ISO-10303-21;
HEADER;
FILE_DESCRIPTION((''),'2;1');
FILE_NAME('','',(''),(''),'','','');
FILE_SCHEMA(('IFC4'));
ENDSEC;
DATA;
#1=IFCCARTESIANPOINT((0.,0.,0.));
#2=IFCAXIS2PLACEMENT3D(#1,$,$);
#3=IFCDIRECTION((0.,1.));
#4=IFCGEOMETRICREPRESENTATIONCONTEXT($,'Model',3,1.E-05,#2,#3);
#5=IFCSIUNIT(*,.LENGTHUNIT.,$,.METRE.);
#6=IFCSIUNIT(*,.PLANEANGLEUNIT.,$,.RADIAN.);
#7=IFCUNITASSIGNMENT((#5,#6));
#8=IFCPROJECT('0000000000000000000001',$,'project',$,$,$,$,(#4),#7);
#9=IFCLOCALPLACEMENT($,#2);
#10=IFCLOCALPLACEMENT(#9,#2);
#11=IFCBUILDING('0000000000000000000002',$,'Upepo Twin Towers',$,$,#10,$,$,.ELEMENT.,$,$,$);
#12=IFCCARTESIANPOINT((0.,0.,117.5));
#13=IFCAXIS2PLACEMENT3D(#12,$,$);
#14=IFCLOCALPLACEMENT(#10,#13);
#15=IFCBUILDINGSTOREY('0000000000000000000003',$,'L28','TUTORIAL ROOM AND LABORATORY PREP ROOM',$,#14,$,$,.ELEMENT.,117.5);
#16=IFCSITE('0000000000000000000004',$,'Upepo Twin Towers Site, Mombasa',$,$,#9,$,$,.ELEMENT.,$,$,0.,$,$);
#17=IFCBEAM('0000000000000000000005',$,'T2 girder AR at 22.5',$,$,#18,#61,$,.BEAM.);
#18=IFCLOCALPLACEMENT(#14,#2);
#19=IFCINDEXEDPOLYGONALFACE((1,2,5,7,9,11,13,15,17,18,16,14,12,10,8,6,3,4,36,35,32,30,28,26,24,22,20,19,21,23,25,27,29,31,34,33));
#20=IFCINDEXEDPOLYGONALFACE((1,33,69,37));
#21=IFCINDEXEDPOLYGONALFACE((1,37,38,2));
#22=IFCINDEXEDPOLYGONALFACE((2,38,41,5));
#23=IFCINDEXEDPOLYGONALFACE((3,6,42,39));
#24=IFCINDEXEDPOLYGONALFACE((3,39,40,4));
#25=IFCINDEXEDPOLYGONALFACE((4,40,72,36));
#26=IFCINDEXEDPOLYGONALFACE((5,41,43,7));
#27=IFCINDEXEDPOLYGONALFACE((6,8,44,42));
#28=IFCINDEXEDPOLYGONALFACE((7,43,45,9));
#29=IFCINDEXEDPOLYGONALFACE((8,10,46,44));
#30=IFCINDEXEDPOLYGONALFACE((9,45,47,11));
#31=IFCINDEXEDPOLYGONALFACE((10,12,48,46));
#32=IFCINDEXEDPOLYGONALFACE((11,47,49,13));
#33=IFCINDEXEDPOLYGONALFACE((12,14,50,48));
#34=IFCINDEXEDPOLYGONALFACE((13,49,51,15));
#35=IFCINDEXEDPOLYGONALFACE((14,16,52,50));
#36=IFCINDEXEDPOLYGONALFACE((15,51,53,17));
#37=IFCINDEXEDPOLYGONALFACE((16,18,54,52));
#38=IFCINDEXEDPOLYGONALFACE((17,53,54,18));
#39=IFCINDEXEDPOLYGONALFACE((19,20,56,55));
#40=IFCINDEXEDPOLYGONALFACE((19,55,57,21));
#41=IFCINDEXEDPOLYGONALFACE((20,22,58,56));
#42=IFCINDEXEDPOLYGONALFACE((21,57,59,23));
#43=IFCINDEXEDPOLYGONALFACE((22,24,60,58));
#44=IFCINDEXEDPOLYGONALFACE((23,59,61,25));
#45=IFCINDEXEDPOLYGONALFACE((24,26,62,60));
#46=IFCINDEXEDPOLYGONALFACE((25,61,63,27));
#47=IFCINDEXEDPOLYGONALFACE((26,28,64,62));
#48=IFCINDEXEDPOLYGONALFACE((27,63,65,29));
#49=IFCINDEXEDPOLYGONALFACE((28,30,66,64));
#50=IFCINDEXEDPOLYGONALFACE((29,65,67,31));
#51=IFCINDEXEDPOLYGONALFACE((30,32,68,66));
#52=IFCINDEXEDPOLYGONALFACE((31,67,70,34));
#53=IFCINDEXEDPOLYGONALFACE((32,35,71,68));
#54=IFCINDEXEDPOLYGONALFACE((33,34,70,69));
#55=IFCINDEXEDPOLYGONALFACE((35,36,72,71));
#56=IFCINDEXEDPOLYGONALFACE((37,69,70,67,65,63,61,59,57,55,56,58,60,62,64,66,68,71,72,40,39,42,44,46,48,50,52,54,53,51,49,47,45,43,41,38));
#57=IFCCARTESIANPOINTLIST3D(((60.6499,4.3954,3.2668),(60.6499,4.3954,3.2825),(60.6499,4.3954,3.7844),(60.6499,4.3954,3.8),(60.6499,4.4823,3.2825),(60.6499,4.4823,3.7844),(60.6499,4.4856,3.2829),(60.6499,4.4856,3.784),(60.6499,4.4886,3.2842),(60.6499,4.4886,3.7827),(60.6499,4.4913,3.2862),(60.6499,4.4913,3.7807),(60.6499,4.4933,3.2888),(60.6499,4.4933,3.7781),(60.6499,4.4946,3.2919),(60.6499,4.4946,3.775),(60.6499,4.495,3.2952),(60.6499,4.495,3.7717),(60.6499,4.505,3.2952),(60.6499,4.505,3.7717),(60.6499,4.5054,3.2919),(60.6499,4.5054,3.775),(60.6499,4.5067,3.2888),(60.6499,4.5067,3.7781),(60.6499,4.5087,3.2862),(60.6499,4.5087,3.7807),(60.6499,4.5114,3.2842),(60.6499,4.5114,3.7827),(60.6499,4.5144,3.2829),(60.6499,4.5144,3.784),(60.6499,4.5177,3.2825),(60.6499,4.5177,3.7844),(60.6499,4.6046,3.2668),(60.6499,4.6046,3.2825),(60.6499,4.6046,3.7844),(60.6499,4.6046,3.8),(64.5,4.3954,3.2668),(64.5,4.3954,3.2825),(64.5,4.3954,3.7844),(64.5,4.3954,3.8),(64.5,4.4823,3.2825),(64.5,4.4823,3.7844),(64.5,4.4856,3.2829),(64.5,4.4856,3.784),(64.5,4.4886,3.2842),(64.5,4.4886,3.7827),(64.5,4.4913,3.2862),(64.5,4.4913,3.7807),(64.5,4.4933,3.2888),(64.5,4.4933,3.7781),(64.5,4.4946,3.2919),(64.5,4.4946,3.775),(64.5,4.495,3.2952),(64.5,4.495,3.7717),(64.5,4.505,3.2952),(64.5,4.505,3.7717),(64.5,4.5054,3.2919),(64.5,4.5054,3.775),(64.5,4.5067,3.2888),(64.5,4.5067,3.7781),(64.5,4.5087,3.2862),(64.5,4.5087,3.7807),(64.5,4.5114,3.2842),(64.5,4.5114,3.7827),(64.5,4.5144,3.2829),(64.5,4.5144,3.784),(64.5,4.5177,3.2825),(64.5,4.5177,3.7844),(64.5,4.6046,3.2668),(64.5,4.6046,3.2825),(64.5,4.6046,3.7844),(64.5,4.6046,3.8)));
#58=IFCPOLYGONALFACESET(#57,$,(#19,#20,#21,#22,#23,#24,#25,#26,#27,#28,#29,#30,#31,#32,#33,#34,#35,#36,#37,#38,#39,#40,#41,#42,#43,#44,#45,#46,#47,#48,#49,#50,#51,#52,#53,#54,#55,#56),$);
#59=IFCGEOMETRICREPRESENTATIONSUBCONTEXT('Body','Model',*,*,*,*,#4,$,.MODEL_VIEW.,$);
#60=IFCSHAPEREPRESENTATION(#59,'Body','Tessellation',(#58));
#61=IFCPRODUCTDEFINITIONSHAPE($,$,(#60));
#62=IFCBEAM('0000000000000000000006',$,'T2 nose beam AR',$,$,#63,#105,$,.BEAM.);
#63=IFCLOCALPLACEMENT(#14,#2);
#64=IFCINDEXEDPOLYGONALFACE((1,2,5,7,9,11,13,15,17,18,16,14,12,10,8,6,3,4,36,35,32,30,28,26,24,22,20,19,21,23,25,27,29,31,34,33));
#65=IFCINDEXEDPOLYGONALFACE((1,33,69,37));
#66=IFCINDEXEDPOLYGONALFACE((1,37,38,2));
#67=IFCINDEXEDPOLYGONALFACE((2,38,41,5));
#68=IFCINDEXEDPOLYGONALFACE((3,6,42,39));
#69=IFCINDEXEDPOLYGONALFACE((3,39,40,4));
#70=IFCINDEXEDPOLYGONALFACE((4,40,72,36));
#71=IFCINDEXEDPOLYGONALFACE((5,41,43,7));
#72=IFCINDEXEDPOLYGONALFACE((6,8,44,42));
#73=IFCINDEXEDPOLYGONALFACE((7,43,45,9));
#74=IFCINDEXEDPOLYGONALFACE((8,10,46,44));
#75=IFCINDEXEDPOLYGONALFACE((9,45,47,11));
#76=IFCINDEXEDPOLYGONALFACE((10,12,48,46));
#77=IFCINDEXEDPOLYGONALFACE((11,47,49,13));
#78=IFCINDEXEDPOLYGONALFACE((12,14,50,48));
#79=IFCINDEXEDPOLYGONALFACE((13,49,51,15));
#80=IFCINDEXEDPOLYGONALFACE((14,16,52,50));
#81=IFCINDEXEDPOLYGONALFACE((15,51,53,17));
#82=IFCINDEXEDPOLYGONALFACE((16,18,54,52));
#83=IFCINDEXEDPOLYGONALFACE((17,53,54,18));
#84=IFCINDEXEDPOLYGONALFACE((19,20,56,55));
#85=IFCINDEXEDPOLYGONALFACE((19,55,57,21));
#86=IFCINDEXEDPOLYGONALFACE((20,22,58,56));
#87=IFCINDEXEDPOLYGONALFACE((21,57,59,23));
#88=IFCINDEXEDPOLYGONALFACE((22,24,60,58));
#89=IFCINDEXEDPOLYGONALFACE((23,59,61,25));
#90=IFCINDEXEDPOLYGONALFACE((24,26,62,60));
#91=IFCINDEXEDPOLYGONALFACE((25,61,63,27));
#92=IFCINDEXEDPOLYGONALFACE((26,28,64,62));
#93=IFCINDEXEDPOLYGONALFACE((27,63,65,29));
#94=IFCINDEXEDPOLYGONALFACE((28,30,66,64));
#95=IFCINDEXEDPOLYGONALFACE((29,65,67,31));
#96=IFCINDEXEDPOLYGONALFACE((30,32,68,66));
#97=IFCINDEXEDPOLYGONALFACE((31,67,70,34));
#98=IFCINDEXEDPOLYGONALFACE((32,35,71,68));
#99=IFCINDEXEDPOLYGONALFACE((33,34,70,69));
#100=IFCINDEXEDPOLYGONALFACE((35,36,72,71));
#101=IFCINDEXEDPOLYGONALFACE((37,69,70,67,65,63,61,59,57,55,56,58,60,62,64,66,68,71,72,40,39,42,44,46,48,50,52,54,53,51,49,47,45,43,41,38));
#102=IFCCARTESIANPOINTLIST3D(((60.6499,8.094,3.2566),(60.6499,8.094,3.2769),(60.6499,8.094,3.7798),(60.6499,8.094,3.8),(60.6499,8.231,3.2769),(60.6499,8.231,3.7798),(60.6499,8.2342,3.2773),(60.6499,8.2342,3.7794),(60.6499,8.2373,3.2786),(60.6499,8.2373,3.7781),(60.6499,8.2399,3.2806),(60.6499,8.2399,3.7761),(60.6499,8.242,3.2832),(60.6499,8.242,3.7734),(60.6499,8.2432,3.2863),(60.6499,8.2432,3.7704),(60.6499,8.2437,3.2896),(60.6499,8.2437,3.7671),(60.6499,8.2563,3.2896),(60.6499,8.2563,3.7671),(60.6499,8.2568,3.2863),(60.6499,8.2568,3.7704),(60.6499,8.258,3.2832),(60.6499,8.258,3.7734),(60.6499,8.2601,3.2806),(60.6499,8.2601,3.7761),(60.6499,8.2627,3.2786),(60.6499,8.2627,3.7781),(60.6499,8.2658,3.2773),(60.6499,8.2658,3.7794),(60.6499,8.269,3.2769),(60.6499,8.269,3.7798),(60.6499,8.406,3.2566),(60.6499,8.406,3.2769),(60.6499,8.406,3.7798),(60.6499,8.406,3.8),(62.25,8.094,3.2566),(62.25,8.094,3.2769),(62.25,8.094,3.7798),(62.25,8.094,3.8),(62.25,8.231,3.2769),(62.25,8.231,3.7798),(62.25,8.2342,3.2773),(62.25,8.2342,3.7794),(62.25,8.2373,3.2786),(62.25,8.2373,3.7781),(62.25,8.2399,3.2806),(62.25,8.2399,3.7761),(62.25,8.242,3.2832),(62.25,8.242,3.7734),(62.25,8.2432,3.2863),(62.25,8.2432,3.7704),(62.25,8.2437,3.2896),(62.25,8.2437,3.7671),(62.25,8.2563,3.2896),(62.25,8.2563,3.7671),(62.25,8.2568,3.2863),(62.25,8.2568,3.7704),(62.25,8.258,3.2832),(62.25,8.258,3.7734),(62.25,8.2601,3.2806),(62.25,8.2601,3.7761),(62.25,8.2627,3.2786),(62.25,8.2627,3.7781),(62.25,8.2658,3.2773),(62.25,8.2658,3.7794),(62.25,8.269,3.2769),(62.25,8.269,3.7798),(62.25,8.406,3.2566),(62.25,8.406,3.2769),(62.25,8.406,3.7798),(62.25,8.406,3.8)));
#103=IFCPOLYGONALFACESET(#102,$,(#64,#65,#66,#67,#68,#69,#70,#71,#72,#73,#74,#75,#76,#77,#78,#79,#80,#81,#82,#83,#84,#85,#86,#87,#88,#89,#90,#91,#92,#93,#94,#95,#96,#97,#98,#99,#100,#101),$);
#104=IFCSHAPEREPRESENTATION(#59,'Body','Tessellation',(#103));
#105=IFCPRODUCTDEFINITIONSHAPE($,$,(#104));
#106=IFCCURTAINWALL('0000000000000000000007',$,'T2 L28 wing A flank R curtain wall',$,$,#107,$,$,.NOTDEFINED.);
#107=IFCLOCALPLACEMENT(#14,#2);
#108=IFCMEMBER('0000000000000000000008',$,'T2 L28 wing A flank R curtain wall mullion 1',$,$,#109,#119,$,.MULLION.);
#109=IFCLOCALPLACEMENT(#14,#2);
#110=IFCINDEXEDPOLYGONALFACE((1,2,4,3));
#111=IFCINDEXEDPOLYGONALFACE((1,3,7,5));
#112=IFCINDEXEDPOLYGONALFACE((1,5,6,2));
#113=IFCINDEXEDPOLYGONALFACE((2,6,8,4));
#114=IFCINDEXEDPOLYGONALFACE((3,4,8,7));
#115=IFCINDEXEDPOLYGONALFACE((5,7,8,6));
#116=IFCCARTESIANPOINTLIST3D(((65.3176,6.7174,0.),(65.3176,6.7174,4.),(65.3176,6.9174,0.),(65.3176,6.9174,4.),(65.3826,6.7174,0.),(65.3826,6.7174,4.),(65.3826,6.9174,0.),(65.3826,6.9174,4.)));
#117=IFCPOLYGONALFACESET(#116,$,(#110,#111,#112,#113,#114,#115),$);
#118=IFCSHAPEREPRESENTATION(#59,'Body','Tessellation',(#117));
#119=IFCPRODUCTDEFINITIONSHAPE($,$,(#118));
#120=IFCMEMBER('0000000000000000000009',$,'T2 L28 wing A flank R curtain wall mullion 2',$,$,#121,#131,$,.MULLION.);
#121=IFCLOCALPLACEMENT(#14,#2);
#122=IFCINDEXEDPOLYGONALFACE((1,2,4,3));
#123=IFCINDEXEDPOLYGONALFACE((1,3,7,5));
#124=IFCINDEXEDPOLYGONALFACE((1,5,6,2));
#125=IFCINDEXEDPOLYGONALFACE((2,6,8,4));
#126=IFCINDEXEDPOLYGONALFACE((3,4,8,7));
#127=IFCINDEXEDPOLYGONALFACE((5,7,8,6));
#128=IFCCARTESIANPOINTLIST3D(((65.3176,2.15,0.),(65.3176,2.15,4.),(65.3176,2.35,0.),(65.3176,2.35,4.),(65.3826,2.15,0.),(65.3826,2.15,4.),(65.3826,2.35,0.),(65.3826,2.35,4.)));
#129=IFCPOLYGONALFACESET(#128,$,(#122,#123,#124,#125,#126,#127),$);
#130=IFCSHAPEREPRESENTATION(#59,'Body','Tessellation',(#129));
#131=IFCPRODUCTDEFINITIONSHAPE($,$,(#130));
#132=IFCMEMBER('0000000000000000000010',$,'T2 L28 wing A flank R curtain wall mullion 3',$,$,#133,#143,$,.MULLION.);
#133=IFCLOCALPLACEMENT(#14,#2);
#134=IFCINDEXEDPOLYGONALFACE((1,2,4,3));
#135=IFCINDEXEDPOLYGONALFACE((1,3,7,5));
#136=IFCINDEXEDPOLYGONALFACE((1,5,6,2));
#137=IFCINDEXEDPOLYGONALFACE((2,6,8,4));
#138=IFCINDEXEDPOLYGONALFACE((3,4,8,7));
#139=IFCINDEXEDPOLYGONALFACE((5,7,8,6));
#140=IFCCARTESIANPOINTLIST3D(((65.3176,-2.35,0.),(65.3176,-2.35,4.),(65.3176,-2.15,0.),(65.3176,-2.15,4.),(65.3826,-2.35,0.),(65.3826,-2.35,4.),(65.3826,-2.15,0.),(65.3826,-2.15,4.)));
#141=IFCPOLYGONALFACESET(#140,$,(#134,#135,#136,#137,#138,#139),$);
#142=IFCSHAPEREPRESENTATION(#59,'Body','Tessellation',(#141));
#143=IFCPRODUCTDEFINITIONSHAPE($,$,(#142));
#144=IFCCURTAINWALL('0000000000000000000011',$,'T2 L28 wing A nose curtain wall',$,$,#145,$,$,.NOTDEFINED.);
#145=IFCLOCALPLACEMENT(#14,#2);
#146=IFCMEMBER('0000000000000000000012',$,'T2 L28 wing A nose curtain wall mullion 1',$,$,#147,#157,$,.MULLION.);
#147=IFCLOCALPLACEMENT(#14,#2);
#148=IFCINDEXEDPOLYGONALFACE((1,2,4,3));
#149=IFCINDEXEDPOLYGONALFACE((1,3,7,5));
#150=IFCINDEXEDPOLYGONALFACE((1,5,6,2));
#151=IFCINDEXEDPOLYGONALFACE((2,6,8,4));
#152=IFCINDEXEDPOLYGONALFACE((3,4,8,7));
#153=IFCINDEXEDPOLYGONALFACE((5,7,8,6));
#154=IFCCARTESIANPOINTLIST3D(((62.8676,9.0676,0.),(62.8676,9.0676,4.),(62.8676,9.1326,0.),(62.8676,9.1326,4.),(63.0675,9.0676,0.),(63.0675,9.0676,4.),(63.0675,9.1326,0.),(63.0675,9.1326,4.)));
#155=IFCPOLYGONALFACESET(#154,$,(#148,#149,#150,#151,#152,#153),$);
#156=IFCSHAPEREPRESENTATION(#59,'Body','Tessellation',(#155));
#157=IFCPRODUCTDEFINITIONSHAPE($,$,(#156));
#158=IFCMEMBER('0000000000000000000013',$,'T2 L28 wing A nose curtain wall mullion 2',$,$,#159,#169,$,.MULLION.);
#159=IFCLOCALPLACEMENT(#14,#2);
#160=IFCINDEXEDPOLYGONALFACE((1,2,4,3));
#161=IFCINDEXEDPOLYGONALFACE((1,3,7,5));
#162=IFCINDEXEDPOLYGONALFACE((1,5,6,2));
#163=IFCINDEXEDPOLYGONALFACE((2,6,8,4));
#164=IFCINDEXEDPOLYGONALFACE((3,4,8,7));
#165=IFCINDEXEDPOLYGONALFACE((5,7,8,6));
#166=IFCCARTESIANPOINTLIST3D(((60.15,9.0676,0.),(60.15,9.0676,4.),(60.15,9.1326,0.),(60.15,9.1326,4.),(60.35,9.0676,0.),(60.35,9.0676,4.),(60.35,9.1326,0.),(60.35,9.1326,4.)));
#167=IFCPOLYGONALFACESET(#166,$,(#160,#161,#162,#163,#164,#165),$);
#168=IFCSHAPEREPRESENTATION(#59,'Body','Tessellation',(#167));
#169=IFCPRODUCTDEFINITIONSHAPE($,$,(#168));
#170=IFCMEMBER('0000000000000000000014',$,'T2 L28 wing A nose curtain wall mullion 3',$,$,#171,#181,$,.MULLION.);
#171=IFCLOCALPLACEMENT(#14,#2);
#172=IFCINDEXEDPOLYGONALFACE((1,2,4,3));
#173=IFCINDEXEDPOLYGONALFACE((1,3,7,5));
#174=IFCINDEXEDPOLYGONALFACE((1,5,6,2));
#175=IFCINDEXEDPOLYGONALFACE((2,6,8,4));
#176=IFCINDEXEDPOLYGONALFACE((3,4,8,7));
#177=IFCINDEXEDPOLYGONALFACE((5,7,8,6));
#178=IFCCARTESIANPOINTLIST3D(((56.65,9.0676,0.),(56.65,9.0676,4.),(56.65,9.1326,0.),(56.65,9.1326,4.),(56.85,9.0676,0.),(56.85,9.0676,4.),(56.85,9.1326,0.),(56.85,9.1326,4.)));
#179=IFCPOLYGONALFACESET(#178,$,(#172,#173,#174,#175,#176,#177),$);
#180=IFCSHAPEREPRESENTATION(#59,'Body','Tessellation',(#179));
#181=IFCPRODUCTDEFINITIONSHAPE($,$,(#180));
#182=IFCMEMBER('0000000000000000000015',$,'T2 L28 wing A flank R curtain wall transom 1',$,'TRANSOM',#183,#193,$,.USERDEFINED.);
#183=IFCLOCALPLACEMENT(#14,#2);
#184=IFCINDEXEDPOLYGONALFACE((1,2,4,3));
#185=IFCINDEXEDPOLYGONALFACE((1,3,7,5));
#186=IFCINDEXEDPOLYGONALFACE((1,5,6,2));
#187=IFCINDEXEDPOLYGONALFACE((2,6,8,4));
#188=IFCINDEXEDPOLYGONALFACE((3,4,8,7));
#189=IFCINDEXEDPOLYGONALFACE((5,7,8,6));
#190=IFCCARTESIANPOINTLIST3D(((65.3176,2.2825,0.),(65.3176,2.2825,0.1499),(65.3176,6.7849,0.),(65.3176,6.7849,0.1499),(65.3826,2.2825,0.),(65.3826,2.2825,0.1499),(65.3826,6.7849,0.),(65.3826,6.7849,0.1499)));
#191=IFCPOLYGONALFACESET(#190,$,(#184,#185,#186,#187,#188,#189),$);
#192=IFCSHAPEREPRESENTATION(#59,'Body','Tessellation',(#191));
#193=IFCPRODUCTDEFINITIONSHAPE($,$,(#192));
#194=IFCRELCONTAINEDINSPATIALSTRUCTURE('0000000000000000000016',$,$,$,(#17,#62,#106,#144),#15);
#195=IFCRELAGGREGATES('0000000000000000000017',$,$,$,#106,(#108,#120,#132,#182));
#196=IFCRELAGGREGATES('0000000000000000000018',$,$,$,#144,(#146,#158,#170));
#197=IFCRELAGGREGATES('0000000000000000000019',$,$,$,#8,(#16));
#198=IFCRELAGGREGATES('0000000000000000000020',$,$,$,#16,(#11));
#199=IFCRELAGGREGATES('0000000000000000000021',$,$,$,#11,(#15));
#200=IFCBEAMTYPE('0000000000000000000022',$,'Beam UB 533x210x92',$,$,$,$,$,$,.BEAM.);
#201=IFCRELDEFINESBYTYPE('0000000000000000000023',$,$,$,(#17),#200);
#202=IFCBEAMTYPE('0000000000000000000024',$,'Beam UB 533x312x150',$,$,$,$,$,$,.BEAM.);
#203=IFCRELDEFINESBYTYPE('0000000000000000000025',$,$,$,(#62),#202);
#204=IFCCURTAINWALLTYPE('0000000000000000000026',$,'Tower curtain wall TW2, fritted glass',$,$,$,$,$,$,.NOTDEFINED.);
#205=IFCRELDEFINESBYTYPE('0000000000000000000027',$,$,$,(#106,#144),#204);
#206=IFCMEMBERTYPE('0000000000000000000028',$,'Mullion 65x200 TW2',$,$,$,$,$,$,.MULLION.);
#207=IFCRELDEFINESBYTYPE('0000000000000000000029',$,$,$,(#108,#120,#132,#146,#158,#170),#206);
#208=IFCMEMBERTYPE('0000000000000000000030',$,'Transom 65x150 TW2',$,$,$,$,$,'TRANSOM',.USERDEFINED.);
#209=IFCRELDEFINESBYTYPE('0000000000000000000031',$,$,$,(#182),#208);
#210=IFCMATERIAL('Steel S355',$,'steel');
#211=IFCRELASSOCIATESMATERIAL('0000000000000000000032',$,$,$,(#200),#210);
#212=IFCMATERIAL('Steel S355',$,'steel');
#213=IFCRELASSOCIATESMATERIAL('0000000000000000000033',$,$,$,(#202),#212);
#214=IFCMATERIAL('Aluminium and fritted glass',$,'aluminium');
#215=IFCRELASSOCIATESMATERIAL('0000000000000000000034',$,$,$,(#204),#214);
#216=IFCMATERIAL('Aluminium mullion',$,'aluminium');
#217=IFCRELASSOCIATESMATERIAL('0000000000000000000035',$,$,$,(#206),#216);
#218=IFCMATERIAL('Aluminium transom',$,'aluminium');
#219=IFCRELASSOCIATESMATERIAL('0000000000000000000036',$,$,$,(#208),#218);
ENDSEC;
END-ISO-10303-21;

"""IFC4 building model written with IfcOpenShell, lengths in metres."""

from ifc_helpers import new_model, si_unit, direction, frame, origin, origin_2d, place, context, subcontext, project, spatial, rectangle, i_section, extrude, material, material_profile, profile_set, type_object, element, aggregate, save


model = new_model("IFC4")

# Units and contexts
model_context = context("Model", 3, precision=1e-05, world=origin(), true_north=direction((0.0, 1.0)))
body_context = subcontext(model_context, "Body", "Model", "MODEL_VIEW")
ifc_project = project(units=[si_unit("LENGTHUNIT", "METRE"), si_unit("PLANEANGLEUNIT", "RADIAN")], contexts=[model_context])

# Site, building, storey
site_placement = place(None, origin())
site = spatial("IfcSite", under=ifc_project, at=site_placement, Name="Upepo Twin Towers Site, Mombasa", CompositionType="ELEMENT", RefElevation=0.0)
building_placement = place(site_placement, origin())
building = spatial("IfcBuilding", under=site, at=building_placement, Name="Upepo Twin Towers", CompositionType="ELEMENT")
storey_placement = place(building_placement, frame((0.0, 0.0, 117.5)))
storey = spatial("IfcBuildingStorey", under=building, at=storey_placement, Name="L28", Description="TUTORIAL ROOM AND LABORATORY PREP ROOM", CompositionType="ELEMENT", Elevation=117.5)

# Beams
ifc_material_1 = material(Name="Steel S355", Category="steel")
ifc_material_profile_1 = material_profile(ifc_material_1, i_section(OverallWidth=0.2092, OverallDepth=0.5332, WebThickness=0.01, FlangeThickness=0.0156, FilletRadius=0.0127, at=origin_2d()), Name="UB 533x210x92")
ifc_profile_set_1 = profile_set([ifc_material_profile_1], Name="Steel S355")
beam_type_1 = type_object("IfcBeamType", Name="Beam UB 533x210x92", PredefinedType="BEAM", material=ifc_profile_set_1)
for number, where, z_axis, x_axis, name in (
    (1, (64.5, 4.5, 3.5334), (-1.0, 0.0, 0.0), (0.0, -1.0, 0.0), "T2 girder AR at 22.5"),
):
    element("IfcBeam", number, at=place(storey_placement, frame(where, z_axis=z_axis, x_axis=x_axis)), inside=storey, type_object=beam_type_1, Name=name, PredefinedType="BEAM", context=body_context, shape_type="SweptSolid", body=[
        extrude(i_section(OverallWidth=0.2092, OverallDepth=0.5332, WebThickness=0.01, FlangeThickness=0.0156, FilletRadius=0.0127, at=origin_2d()), origin(), (0.0, 0.0, 1.0), 3.8501),
    ])
ifc_material_2 = material(Name="Steel S355", Category="steel")
ifc_material_profile_2 = material_profile(ifc_material_2, i_section(OverallWidth=0.312, OverallDepth=0.5435, WebThickness=0.0127, FlangeThickness=0.0203, FilletRadius=0.0127, at=origin_2d()), Name="UB 533x312x150")
ifc_profile_set_2 = profile_set([ifc_material_profile_2], Name="Steel S355")
beam_type_2 = type_object("IfcBeamType", Name="Beam UB 533x312x150", PredefinedType="BEAM", material=ifc_profile_set_2)
beam_1_placement = place(storey_placement, frame((62.25, 8.25, 3.5283), z_axis=(-1.0, 0.0, 0.0), x_axis=(0.0, -1.0, 0.0)))
element("IfcBeam", 2, at=beam_1_placement, inside=storey, type_object=beam_type_2, Name="T2 nose beam AR", PredefinedType="BEAM", context=body_context, shape_type="SweptSolid", body=[
    extrude(i_section(OverallWidth=0.312, OverallDepth=0.5435, WebThickness=0.0127, FlangeThickness=0.0203, FilletRadius=0.0127, at=origin_2d()), origin(), (0.0, 0.0, 1.0), 1.6001),
])

# Curtain walls, members
ifc_material_3 = material(Name="Aluminium and fritted glass", Category="aluminium")
curtain_wall_type = type_object("IfcCurtainWallType", Name="Tower curtain wall TW2, fritted glass", PredefinedType="NOTDEFINED", material=ifc_material_3)
curtain_wall_1_placement = place(storey_placement, origin())
curtain_wall_1 = element("IfcCurtainWall", 3, at=curtain_wall_1_placement, inside=storey, type_object=curtain_wall_type, Name="T2 L28 wing A flank R curtain wall", PredefinedType="NOTDEFINED")
ifc_material_4 = material(Name="Aluminium mullion", Category="aluminium")
ifc_material_profile_3 = material_profile(ifc_material_4, rectangle(XDim=0.0649, YDim=0.2, at=origin_2d()), Name="MULLION 65x200")
ifc_profile_set_3 = profile_set([ifc_material_profile_3], Name="Aluminium mullion")
member_type_1 = type_object("IfcMemberType", Name="Mullion 65x200 TW2", PredefinedType="MULLION", material=ifc_profile_set_3)
member_1_placement = place(storey_placement, frame((65.3501, 6.8174, 0.0), z_axis=(0.0, 0.0, 1.0), x_axis=(1.0, 0.0, 0.0)))
member_1 = element("IfcMember", 4, at=member_1_placement, type_object=member_type_1, Name="T2 L28 wing A flank R curtain wall mullion 1", PredefinedType="MULLION", context=body_context, shape_type="SweptSolid", body=[
    extrude(rectangle(XDim=0.0649, YDim=0.2, at=origin_2d()), origin(), (0.0, 0.0, 1.0), 4.0),
])
member_2_placement = place(storey_placement, frame((65.3501, 2.25, 0.0), z_axis=(0.0, 0.0, 1.0), x_axis=(1.0, 0.0, 0.0)))
member_2 = element("IfcMember", 5, at=member_2_placement, type_object=member_type_1, Name="T2 L28 wing A flank R curtain wall mullion 2", PredefinedType="MULLION", context=body_context, shape_type="SweptSolid", body=[
    extrude(rectangle(XDim=0.0649, YDim=0.2, at=origin_2d()), origin(), (0.0, 0.0, 1.0), 4.0),
])
member_3_placement = place(storey_placement, frame((65.3501, -2.25, 0.0), z_axis=(0.0, 0.0, 1.0), x_axis=(1.0, 0.0, 0.0)))
member_3 = element("IfcMember", 6, at=member_3_placement, type_object=member_type_1, Name="T2 L28 wing A flank R curtain wall mullion 3", PredefinedType="MULLION", context=body_context, shape_type="SweptSolid", body=[
    extrude(rectangle(XDim=0.0649, YDim=0.2, at=origin_2d()), origin(), (0.0, 0.0, 1.0), 4.0),
])
curtain_wall_2_placement = place(storey_placement, origin())
curtain_wall_2 = element("IfcCurtainWall", 7, at=curtain_wall_2_placement, inside=storey, type_object=curtain_wall_type, Name="T2 L28 wing A nose curtain wall", PredefinedType="NOTDEFINED")
member_4_placement = place(storey_placement, frame((62.9675, 9.1001, 0.0), z_axis=(0.0, 0.0, 1.0), x_axis=(0.0, -1.0, 0.0)))
member_4 = element("IfcMember", 8, at=member_4_placement, type_object=member_type_1, Name="T2 L28 wing A nose curtain wall mullion 1", PredefinedType="MULLION", context=body_context, shape_type="SweptSolid", body=[
    extrude(rectangle(XDim=0.0649, YDim=0.2, at=origin_2d()), origin(), (0.0, 0.0, 1.0), 4.0),
])
member_5_placement = place(storey_placement, frame((60.25, 9.1001, 0.0), z_axis=(0.0, 0.0, 1.0), x_axis=(0.0, -1.0, 0.0)))
member_5 = element("IfcMember", 9, at=member_5_placement, type_object=member_type_1, Name="T2 L28 wing A nose curtain wall mullion 2", PredefinedType="MULLION", context=body_context, shape_type="SweptSolid", body=[
    extrude(rectangle(XDim=0.0649, YDim=0.2, at=origin_2d()), origin(), (0.0, 0.0, 1.0), 4.0),
])
member_6_placement = place(storey_placement, frame((56.75, 9.1001, 0.0), z_axis=(0.0, 0.0, 1.0), x_axis=(0.0, -1.0, 0.0)))
member_6 = element("IfcMember", 10, at=member_6_placement, type_object=member_type_1, Name="T2 L28 wing A nose curtain wall mullion 3", PredefinedType="MULLION", context=body_context, shape_type="SweptSolid", body=[
    extrude(rectangle(XDim=0.0649, YDim=0.2, at=origin_2d()), origin(), (0.0, 0.0, 1.0), 4.0),
])

# Member
ifc_material_5 = material(Name="Aluminium transom", Category="aluminium")
ifc_material_profile_4 = material_profile(ifc_material_5, rectangle(XDim=0.0649, YDim=0.1499, at=origin_2d()), Name="TRANSOM 65x150")
ifc_profile_set_4 = profile_set([ifc_material_profile_4], Name="Aluminium transom")
member_type_2 = type_object("IfcMemberType", Name="Transom 65x150 TW2", ElementType="TRANSOM", PredefinedType="USERDEFINED", material=ifc_profile_set_4)
member_7_placement = place(storey_placement, frame((65.3501, 6.7849, 0.075), z_axis=(0.0, -1.0, 0.0), x_axis=(1.0, 0.0, 0.0)))
member_7 = element("IfcMember", 11, at=member_7_placement, type_object=member_type_2, Name="T2 L28 wing A flank R curtain wall transom 1", ObjectType="TRANSOM", PredefinedType="USERDEFINED", context=body_context, shape_type="SweptSolid", body=[
    extrude(rectangle(XDim=0.0649, YDim=0.1499, at=origin_2d()), origin(), (0.0, 0.0, 1.0), 4.5024),
])

aggregate(curtain_wall_1, [member_1, member_2, member_3, member_7])
aggregate(curtain_wall_2, [member_4, member_5, member_6])

save(model, "model.ifc")
